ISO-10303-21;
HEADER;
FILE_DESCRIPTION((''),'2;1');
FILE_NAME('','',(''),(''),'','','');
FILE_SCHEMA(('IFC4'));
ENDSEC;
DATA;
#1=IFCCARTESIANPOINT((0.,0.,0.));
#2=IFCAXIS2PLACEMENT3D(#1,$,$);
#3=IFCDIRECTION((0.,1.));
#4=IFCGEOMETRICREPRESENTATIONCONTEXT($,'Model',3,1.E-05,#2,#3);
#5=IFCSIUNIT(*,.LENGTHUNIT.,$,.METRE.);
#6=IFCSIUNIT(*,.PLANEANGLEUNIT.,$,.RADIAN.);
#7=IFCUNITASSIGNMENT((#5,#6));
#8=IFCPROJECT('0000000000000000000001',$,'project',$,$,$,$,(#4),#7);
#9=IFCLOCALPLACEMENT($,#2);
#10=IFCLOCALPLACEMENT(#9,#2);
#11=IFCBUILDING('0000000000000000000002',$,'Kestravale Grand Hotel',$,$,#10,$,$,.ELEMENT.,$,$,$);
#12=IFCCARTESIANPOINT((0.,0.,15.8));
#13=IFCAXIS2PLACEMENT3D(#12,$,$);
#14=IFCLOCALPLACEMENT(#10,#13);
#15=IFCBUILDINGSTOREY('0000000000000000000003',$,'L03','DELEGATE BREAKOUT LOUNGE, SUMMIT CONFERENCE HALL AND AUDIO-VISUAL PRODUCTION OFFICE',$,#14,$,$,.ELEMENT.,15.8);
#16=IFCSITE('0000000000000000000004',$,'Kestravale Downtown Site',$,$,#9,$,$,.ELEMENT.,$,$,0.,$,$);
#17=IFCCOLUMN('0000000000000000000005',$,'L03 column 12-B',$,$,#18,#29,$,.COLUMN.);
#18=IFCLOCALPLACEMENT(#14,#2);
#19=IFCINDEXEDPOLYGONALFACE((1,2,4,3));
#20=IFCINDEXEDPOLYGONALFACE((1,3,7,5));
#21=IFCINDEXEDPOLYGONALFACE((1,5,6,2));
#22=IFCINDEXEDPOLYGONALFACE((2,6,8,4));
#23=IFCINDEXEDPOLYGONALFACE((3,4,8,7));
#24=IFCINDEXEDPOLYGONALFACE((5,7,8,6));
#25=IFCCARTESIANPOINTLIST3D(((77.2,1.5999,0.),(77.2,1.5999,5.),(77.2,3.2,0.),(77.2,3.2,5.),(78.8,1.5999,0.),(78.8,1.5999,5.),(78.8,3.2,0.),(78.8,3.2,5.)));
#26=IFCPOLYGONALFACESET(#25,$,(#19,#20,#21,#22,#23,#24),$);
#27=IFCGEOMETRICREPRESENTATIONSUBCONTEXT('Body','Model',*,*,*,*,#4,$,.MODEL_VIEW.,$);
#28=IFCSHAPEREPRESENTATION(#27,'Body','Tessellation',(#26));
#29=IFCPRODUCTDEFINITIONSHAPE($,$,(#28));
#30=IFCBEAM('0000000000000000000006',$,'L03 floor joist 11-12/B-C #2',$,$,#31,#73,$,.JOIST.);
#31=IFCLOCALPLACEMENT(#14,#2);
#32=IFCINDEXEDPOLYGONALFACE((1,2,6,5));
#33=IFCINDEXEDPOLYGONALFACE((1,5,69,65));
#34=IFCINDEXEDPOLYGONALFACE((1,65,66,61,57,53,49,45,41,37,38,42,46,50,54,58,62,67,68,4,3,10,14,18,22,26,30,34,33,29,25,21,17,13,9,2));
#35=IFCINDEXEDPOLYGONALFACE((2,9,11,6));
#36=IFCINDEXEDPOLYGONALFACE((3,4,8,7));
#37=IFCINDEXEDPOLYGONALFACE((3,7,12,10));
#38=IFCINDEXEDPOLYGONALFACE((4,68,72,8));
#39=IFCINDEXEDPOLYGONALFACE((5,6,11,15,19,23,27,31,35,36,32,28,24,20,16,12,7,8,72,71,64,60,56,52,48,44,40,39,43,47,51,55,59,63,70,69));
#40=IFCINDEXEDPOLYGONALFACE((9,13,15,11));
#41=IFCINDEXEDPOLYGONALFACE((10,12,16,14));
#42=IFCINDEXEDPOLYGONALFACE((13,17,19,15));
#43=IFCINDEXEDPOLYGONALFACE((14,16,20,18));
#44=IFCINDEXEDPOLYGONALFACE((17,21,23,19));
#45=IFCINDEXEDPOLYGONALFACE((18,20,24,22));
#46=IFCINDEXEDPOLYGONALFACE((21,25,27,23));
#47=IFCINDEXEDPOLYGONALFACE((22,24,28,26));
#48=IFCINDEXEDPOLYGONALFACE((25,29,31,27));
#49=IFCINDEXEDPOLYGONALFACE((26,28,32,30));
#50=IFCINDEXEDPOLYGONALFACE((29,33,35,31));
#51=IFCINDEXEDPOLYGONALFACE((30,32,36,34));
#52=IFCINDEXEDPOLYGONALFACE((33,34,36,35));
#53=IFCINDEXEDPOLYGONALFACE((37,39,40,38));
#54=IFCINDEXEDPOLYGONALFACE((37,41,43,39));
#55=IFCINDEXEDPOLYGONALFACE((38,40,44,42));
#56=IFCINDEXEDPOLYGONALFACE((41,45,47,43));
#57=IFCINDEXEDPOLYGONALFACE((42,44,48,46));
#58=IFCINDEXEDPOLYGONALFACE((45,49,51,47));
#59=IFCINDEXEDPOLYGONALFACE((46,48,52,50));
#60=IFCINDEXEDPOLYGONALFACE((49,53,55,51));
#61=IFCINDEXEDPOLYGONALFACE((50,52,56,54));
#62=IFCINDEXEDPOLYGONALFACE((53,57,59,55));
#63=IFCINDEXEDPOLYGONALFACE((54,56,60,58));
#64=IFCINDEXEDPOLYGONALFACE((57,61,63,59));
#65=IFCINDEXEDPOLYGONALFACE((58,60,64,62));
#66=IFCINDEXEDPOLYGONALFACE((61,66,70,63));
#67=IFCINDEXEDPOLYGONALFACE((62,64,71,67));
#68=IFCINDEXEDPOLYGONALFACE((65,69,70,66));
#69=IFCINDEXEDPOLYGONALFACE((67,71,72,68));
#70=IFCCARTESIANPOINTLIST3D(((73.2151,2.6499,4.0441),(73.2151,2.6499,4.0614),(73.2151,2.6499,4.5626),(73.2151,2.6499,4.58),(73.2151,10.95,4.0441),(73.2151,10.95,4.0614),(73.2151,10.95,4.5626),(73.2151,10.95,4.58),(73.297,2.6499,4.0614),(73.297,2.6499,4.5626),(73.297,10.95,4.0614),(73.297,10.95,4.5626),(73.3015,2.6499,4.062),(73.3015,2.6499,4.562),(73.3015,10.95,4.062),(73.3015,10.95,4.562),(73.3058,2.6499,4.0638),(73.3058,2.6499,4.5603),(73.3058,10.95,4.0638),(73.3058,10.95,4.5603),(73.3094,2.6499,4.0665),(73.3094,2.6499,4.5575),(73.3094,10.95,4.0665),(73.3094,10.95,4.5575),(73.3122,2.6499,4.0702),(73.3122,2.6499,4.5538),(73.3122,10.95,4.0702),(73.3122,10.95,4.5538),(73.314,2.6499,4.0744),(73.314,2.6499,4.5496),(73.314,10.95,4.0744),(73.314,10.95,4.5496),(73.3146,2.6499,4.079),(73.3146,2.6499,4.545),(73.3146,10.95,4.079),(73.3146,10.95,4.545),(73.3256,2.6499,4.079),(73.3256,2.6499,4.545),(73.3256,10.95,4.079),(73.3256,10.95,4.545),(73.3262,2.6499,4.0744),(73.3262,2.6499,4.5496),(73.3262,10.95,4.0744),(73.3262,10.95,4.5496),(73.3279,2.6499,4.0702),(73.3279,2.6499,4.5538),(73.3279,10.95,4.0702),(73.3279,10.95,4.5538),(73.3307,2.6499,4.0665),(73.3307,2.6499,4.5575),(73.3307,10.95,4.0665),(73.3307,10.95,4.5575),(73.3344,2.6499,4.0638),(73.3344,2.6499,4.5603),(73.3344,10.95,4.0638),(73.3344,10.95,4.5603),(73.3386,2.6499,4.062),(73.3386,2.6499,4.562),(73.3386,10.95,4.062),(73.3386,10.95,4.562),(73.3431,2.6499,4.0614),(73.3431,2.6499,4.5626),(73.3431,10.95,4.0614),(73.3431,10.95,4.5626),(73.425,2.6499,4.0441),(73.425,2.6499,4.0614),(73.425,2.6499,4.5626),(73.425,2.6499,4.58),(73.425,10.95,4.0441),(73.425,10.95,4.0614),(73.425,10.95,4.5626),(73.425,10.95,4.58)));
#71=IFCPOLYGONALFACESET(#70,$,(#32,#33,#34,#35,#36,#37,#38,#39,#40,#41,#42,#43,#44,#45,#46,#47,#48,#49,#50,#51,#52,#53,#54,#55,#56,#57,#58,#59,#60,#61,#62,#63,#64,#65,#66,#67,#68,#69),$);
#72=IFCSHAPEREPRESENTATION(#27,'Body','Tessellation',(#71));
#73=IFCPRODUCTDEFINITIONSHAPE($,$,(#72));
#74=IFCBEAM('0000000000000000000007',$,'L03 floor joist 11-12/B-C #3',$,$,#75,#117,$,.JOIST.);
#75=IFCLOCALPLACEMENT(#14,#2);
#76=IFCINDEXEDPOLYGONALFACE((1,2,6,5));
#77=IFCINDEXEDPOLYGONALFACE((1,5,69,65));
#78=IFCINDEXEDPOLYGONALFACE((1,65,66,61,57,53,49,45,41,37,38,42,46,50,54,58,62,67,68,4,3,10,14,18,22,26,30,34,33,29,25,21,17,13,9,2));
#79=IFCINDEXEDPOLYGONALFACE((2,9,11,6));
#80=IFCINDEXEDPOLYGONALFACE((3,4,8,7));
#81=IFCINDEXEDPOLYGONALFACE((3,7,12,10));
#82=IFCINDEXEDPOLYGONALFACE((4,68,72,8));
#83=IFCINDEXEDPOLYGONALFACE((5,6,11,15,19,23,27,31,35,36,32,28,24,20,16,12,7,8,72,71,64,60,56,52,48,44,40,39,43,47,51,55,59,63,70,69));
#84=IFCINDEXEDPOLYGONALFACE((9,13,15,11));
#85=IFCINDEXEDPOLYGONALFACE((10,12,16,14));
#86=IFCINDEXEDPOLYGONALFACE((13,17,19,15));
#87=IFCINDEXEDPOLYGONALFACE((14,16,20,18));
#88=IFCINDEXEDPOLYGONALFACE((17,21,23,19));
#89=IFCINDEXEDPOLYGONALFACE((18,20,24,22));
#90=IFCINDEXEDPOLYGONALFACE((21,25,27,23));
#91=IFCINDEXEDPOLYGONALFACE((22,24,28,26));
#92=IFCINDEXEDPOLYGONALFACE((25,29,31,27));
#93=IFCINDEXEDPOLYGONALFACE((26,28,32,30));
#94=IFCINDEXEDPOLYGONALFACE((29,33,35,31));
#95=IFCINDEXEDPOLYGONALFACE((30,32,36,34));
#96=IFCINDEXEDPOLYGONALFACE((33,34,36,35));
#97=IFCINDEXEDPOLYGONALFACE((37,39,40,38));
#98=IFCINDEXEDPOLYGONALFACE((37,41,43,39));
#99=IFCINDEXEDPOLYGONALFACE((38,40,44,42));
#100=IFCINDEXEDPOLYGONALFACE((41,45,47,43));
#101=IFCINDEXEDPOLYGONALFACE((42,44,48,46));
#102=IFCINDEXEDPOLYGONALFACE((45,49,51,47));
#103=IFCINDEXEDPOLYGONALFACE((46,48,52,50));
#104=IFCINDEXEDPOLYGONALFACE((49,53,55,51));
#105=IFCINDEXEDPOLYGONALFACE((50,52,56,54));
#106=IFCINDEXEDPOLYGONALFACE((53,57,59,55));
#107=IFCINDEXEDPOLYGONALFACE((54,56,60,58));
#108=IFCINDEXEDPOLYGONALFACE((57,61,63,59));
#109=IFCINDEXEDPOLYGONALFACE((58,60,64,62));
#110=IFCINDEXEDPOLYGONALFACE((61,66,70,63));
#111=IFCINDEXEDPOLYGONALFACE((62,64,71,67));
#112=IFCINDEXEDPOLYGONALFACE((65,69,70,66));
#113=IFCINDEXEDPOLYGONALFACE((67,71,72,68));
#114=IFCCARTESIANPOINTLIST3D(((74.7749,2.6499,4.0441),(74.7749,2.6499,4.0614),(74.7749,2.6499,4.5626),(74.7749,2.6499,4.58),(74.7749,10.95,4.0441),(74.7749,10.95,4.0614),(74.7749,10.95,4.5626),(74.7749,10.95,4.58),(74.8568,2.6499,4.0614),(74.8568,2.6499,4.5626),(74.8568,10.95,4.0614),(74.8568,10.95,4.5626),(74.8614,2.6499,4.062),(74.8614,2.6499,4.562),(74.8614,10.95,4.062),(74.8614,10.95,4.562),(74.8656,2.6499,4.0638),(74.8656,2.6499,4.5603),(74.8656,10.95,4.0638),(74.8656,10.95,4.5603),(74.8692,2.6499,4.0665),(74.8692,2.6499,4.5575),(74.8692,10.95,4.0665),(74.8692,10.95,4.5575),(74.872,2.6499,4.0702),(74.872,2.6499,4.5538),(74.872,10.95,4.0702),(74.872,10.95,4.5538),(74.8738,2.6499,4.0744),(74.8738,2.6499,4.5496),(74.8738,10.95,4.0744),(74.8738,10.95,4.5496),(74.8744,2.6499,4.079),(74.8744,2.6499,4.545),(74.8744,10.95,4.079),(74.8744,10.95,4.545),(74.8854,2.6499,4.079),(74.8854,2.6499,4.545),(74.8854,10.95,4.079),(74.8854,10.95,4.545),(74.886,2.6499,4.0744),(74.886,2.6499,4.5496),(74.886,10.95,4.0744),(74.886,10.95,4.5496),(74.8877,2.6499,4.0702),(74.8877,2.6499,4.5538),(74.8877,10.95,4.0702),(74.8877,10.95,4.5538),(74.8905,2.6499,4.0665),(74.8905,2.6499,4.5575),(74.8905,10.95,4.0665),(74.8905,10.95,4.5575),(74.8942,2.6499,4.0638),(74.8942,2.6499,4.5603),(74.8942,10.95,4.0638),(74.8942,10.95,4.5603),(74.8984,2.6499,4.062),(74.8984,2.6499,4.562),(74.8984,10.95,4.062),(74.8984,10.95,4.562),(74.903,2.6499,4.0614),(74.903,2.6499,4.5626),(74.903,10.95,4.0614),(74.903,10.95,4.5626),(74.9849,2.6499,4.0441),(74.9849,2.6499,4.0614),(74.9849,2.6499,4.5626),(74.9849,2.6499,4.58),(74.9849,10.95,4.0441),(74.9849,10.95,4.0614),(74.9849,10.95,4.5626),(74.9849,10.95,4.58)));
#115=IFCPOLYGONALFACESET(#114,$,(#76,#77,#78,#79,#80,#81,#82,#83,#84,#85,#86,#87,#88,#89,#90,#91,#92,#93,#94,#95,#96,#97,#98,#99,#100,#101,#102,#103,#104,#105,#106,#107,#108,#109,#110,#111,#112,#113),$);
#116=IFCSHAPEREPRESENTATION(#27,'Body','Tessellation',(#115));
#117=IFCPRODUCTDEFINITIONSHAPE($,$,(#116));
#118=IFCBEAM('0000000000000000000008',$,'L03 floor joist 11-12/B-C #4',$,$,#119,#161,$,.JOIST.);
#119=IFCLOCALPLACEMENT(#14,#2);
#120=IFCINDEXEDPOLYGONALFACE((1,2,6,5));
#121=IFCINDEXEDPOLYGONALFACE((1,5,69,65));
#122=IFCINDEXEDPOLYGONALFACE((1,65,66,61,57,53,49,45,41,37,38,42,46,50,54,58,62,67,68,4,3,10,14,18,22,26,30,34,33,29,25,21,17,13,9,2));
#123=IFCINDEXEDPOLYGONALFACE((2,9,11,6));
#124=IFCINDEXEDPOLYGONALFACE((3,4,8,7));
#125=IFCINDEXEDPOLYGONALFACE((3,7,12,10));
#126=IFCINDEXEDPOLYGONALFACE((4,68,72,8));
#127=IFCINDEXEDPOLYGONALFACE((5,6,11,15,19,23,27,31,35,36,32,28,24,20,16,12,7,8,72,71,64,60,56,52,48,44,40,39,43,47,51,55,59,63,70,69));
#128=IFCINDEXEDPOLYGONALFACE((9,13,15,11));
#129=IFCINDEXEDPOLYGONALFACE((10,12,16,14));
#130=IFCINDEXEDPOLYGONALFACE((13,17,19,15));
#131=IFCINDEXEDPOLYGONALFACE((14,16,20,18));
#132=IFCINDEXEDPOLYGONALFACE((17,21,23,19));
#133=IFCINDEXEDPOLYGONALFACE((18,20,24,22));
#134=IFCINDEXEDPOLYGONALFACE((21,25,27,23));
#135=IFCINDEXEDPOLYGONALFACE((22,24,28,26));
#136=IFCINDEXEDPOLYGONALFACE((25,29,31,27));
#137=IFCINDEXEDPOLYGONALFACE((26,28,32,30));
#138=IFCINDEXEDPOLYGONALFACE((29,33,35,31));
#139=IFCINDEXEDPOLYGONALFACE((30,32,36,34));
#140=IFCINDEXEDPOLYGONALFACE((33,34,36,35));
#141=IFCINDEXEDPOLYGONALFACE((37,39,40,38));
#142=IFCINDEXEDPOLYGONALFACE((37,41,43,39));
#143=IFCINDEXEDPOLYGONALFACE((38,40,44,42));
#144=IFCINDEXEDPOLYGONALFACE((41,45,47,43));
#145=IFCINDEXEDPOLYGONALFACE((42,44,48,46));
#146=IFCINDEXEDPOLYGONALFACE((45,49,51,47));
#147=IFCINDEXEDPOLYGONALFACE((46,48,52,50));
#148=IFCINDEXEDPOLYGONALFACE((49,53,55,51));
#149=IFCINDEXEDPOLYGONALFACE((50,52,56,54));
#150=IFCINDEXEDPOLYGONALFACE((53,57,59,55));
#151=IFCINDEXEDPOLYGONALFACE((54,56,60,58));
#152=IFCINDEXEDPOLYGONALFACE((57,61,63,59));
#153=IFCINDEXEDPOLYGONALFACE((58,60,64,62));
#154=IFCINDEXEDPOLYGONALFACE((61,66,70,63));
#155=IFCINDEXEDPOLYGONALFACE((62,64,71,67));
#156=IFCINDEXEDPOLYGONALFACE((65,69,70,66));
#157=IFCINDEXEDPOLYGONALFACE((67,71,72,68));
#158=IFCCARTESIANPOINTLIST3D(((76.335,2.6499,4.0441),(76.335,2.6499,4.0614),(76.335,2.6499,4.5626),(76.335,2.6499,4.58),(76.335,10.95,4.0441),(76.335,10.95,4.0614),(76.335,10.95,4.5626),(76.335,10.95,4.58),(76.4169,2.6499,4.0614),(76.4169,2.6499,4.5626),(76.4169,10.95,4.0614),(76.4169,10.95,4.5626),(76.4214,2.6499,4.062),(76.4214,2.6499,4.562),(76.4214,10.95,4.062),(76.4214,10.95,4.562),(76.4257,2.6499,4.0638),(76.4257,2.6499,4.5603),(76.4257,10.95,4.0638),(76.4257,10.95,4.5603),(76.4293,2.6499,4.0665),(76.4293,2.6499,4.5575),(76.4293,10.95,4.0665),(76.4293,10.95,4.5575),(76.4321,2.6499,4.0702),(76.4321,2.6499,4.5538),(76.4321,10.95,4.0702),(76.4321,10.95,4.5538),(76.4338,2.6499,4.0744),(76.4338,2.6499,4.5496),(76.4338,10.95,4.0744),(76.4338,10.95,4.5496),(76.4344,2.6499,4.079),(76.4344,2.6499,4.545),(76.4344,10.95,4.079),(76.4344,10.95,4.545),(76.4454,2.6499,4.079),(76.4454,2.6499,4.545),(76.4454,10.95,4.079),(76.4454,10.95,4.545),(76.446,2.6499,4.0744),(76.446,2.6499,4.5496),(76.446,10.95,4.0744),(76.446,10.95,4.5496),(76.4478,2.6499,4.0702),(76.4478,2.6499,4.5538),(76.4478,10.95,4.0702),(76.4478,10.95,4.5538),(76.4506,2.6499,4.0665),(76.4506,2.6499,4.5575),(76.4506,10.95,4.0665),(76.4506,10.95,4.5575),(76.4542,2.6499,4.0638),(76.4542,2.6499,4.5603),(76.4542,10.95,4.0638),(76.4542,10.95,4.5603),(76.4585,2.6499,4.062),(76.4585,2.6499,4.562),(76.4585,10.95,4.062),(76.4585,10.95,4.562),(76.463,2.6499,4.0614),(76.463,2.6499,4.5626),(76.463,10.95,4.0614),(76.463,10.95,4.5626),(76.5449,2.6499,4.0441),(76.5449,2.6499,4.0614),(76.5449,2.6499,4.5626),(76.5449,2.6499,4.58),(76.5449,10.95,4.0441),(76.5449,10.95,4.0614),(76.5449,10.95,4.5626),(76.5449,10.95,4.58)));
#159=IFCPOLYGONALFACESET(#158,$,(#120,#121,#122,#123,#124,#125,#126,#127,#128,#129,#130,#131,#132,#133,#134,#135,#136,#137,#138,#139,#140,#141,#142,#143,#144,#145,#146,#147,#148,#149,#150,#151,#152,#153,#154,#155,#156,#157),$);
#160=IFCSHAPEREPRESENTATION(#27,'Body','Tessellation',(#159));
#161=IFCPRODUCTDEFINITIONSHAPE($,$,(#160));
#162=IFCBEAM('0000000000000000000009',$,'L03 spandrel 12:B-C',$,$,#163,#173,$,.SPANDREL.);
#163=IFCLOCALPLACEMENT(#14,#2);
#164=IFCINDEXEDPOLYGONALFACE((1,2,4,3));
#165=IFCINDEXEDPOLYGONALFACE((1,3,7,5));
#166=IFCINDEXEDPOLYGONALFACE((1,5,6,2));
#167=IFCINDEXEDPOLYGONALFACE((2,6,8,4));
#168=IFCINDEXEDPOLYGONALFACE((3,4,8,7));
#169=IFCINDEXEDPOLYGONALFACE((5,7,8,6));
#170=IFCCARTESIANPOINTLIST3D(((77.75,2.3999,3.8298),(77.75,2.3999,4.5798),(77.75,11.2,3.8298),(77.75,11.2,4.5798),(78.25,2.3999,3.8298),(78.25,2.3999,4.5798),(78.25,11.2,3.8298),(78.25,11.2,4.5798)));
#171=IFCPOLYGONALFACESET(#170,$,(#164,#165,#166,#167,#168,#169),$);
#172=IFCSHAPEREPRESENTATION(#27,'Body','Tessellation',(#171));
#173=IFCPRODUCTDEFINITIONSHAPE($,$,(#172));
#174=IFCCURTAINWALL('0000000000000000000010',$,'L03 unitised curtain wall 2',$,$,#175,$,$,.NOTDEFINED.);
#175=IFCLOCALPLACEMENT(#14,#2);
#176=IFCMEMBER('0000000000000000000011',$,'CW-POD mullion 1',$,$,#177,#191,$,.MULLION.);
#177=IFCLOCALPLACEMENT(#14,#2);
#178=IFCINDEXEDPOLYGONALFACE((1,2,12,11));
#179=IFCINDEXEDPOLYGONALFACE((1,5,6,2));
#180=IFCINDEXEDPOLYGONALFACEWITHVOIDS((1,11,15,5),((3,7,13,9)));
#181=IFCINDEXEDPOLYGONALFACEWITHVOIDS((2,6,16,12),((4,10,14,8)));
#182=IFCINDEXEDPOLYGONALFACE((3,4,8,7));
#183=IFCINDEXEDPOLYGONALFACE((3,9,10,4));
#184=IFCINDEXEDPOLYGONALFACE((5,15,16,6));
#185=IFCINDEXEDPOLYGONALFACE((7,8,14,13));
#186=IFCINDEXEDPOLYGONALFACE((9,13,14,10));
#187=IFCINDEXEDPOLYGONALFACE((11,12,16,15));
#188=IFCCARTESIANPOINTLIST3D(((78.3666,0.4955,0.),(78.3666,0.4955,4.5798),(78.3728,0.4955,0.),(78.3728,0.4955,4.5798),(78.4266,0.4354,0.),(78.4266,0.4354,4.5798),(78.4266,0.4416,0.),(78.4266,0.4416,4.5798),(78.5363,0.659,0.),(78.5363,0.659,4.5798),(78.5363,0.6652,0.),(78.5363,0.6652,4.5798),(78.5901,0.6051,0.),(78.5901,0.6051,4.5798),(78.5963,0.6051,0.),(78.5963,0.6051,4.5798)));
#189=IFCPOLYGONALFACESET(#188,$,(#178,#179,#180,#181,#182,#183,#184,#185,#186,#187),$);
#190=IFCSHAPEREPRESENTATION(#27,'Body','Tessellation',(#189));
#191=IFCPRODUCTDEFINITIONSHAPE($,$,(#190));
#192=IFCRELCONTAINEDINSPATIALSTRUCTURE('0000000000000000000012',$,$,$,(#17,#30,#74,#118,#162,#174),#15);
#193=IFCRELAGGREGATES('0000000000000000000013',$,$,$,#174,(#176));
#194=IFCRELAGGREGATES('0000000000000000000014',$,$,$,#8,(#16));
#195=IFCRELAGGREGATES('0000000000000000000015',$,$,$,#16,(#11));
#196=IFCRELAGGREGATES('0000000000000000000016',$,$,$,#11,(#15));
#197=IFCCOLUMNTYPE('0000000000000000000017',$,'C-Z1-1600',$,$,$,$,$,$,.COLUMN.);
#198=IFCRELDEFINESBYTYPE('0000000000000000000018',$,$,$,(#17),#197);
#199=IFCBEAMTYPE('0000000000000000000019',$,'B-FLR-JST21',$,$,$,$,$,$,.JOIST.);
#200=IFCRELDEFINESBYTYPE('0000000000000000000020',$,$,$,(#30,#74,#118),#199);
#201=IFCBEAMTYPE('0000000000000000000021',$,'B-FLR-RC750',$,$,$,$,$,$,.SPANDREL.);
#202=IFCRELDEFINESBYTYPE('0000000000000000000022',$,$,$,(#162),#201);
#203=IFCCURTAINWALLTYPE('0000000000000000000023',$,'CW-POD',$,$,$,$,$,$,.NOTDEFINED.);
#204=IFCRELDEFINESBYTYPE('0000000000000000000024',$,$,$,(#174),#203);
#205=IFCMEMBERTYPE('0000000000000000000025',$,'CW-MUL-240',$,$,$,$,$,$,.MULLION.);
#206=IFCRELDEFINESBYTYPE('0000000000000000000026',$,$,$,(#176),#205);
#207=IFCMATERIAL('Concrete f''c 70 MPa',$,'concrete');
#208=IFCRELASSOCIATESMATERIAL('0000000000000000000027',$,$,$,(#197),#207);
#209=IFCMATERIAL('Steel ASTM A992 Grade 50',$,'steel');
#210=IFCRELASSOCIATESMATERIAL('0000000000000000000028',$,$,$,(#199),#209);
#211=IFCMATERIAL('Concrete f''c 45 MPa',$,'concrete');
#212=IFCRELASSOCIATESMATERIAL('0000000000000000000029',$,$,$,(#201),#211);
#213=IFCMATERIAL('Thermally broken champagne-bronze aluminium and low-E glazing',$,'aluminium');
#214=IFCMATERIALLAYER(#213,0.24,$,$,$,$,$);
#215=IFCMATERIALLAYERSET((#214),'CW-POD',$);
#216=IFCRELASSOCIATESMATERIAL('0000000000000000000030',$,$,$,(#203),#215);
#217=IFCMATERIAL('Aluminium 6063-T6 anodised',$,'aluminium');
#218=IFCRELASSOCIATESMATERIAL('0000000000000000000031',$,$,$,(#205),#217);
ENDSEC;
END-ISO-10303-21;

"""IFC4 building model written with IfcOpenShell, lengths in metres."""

from ifc_helpers import new_model, si_unit, direction, frame, origin, origin_2d, place, context, subcontext, project, spatial, rectangle, hollow_rectangle, i_section, extrude, material, layer, layer_set, material_profile, profile_set, type_object, element, aggregate, save


model = new_model("IFC4")

# Units and contexts
model_context = context("Model", 3, precision=1e-05, world=origin(), true_north=direction((0.0, 1.0)))
body_context = subcontext(model_context, "Body", "Model", "MODEL_VIEW")
ifc_project = project(units=[si_unit("LENGTHUNIT", "METRE"), si_unit("PLANEANGLEUNIT", "RADIAN")], contexts=[model_context])

# Site, building, storey
site_placement = place(None, origin())
site = spatial("IfcSite", under=ifc_project, at=site_placement, Name="Kestravale Downtown Site", CompositionType="ELEMENT", RefElevation=0.0)
building_placement = place(site_placement, origin())
building = spatial("IfcBuilding", under=site, at=building_placement, Name="Kestravale Grand Hotel", CompositionType="ELEMENT")
storey_placement = place(building_placement, frame((0.0, 0.0, 15.8)))
storey = spatial("IfcBuildingStorey", under=building, at=storey_placement, Name="L03", Description="DELEGATE BREAKOUT LOUNGE, SUMMIT CONFERENCE HALL AND AUDIO-VISUAL PRODUCTION OFFICE", CompositionType="ELEMENT", Elevation=15.8)

# Column
ifc_material_1 = material(Name="Concrete f'c 70 MPa", Category="concrete")
ifc_material_profile_1 = material_profile(ifc_material_1, rectangle(XDim=1.6001, YDim=1.6001, at=origin_2d()))
ifc_profile_set_1 = profile_set([ifc_material_profile_1], Name="Concrete f'c 70 MPa")
column_type = type_object("IfcColumnType", Name="C-Z1-1600", PredefinedType="COLUMN", material=ifc_profile_set_1)
column_placement = place(storey_placement, frame((78.0, 2.3999, 0.0), z_axis=(0.0, 0.0, 1.0), x_axis=(1.0, 0.0, 0.0)))
element("IfcColumn", 1, at=column_placement, inside=storey, type_object=column_type, Name="L03 column 12-B", PredefinedType="COLUMN", context=body_context, shape_type="SweptSolid", body=[
    extrude(rectangle(XDim=1.6001, YDim=1.6001, at=origin_2d()), origin(), (0.0, 0.0, 1.0), 5.0),
])

# Beams
ifc_material_2 = material(Name="Steel ASTM A992 Grade 50", Category="steel")
ifc_material_profile_2 = material_profile(ifc_material_2, i_section(OverallWidth=0.21, OverallDepth=0.5359, WebThickness=0.011, FlangeThickness=0.0173, FilletRadius=0.0176, at=origin_2d()))
ifc_profile_set_2 = profile_set([ifc_material_profile_2], Name="Steel ASTM A992 Grade 50")
beam_type_1 = type_object("IfcBeamType", Name="B-FLR-JST21", PredefinedType="JOIST", material=ifc_profile_set_2)
for number, where, z_axis, x_axis, name in (
    (2, (73.3201, 2.6499, 4.312), (0.0, 1.0, 0.0), (-1.0, 0.0, 0.0), "L03 floor joist 11-12/B-C #2"),
    (3, (74.8799, 2.6499, 4.312), (0.0, 1.0, 0.0), (-1.0, 0.0, 0.0), "L03 floor joist 11-12/B-C #3"),
    (4, (76.4399, 2.6499, 4.312), (0.0, 1.0, 0.0), (-1.0, 0.0, 0.0), "L03 floor joist 11-12/B-C #4"),
):
    element("IfcBeam", number, at=place(storey_placement, frame(where, z_axis=z_axis, x_axis=x_axis)), inside=storey, type_object=beam_type_1, Name=name, PredefinedType="JOIST", context=body_context, shape_type="SweptSolid", body=[
        extrude(i_section(OverallWidth=0.21, OverallDepth=0.5359, WebThickness=0.011, FlangeThickness=0.0173, FilletRadius=0.0176, at=origin_2d()), origin(), (0.0, 0.0, 1.0), 8.3),
    ])
ifc_material_3 = material(Name="Concrete f'c 45 MPa", Category="concrete")
ifc_material_profile_3 = material_profile(ifc_material_3, rectangle(XDim=0.5, YDim=0.75, at=origin_2d()))
ifc_profile_set_3 = profile_set([ifc_material_profile_3], Name="Concrete f'c 45 MPa")
beam_type_2 = type_object("IfcBeamType", Name="B-FLR-RC750", PredefinedType="SPANDREL", material=ifc_profile_set_3)
beam_placement = place(storey_placement, frame((78.0, 2.3999, 4.2048), z_axis=(0.0, 1.0, 0.0), x_axis=(-1.0, 0.0, 0.0)))
element("IfcBeam", 5, at=beam_placement, inside=storey, type_object=beam_type_2, Name="L03 spandrel 12:B-C", PredefinedType="SPANDREL", context=body_context, shape_type="SweptSolid", body=[
    extrude(rectangle(XDim=0.5, YDim=0.75, at=origin_2d()), origin(), (0.0, 0.0, 1.0), 8.8),
])

# Curtain wall, member
ifc_material_4 = material(Name="Thermally broken champagne-bronze aluminium and low-E glazing", Category="aluminium")
ifc_layer_1 = layer(ifc_material_4, 0.24)
ifc_layer_set_1 = layer_set([ifc_layer_1], Name="CW-POD")
curtain_wall_type = type_object("IfcCurtainWallType", Name="CW-POD", PredefinedType="NOTDEFINED", material=ifc_layer_set_1)
curtain_wall_placement = place(storey_placement, origin())
curtain_wall = element("IfcCurtainWall", 6, at=curtain_wall_placement, inside=storey, type_object=curtain_wall_type, Name="L03 unitised curtain wall 2", PredefinedType="NOTDEFINED")
ifc_material_5 = material(Name="Aluminium 6063-T6 anodised", Category="aluminium")
ifc_material_profile_4 = material_profile(ifc_material_5, hollow_rectangle(XDim=0.085, YDim=0.24, WallThickness=0.0044, at=origin_2d()))
ifc_profile_set_4 = profile_set([ifc_material_profile_4], Name="Aluminium 6063-T6 anodised")
member_type_1 = type_object("IfcMemberType", Name="CW-MUL-240", PredefinedType="MULLION", material=ifc_profile_set_4)
member_1_placement = place(storey_placement, frame((78.4814, 0.5503, 0.0), z_axis=(0.0, 0.0, 1.0), x_axis=(-0.707107, 0.707107, 0.0)))
member_1 = element("IfcMember", 7, at=member_1_placement, type_object=member_type_1, Name="CW-POD mullion 1", PredefinedType="MULLION", context=body_context, shape_type="SweptSolid", body=[
    extrude(hollow_rectangle(XDim=0.085, YDim=0.24, WallThickness=0.0044, at=origin_2d()), origin(), (0.0, 0.0, 1.0), 4.5798),
])
aggregate(curtain_wall, [member_1])

save(model, "model.ifc")
